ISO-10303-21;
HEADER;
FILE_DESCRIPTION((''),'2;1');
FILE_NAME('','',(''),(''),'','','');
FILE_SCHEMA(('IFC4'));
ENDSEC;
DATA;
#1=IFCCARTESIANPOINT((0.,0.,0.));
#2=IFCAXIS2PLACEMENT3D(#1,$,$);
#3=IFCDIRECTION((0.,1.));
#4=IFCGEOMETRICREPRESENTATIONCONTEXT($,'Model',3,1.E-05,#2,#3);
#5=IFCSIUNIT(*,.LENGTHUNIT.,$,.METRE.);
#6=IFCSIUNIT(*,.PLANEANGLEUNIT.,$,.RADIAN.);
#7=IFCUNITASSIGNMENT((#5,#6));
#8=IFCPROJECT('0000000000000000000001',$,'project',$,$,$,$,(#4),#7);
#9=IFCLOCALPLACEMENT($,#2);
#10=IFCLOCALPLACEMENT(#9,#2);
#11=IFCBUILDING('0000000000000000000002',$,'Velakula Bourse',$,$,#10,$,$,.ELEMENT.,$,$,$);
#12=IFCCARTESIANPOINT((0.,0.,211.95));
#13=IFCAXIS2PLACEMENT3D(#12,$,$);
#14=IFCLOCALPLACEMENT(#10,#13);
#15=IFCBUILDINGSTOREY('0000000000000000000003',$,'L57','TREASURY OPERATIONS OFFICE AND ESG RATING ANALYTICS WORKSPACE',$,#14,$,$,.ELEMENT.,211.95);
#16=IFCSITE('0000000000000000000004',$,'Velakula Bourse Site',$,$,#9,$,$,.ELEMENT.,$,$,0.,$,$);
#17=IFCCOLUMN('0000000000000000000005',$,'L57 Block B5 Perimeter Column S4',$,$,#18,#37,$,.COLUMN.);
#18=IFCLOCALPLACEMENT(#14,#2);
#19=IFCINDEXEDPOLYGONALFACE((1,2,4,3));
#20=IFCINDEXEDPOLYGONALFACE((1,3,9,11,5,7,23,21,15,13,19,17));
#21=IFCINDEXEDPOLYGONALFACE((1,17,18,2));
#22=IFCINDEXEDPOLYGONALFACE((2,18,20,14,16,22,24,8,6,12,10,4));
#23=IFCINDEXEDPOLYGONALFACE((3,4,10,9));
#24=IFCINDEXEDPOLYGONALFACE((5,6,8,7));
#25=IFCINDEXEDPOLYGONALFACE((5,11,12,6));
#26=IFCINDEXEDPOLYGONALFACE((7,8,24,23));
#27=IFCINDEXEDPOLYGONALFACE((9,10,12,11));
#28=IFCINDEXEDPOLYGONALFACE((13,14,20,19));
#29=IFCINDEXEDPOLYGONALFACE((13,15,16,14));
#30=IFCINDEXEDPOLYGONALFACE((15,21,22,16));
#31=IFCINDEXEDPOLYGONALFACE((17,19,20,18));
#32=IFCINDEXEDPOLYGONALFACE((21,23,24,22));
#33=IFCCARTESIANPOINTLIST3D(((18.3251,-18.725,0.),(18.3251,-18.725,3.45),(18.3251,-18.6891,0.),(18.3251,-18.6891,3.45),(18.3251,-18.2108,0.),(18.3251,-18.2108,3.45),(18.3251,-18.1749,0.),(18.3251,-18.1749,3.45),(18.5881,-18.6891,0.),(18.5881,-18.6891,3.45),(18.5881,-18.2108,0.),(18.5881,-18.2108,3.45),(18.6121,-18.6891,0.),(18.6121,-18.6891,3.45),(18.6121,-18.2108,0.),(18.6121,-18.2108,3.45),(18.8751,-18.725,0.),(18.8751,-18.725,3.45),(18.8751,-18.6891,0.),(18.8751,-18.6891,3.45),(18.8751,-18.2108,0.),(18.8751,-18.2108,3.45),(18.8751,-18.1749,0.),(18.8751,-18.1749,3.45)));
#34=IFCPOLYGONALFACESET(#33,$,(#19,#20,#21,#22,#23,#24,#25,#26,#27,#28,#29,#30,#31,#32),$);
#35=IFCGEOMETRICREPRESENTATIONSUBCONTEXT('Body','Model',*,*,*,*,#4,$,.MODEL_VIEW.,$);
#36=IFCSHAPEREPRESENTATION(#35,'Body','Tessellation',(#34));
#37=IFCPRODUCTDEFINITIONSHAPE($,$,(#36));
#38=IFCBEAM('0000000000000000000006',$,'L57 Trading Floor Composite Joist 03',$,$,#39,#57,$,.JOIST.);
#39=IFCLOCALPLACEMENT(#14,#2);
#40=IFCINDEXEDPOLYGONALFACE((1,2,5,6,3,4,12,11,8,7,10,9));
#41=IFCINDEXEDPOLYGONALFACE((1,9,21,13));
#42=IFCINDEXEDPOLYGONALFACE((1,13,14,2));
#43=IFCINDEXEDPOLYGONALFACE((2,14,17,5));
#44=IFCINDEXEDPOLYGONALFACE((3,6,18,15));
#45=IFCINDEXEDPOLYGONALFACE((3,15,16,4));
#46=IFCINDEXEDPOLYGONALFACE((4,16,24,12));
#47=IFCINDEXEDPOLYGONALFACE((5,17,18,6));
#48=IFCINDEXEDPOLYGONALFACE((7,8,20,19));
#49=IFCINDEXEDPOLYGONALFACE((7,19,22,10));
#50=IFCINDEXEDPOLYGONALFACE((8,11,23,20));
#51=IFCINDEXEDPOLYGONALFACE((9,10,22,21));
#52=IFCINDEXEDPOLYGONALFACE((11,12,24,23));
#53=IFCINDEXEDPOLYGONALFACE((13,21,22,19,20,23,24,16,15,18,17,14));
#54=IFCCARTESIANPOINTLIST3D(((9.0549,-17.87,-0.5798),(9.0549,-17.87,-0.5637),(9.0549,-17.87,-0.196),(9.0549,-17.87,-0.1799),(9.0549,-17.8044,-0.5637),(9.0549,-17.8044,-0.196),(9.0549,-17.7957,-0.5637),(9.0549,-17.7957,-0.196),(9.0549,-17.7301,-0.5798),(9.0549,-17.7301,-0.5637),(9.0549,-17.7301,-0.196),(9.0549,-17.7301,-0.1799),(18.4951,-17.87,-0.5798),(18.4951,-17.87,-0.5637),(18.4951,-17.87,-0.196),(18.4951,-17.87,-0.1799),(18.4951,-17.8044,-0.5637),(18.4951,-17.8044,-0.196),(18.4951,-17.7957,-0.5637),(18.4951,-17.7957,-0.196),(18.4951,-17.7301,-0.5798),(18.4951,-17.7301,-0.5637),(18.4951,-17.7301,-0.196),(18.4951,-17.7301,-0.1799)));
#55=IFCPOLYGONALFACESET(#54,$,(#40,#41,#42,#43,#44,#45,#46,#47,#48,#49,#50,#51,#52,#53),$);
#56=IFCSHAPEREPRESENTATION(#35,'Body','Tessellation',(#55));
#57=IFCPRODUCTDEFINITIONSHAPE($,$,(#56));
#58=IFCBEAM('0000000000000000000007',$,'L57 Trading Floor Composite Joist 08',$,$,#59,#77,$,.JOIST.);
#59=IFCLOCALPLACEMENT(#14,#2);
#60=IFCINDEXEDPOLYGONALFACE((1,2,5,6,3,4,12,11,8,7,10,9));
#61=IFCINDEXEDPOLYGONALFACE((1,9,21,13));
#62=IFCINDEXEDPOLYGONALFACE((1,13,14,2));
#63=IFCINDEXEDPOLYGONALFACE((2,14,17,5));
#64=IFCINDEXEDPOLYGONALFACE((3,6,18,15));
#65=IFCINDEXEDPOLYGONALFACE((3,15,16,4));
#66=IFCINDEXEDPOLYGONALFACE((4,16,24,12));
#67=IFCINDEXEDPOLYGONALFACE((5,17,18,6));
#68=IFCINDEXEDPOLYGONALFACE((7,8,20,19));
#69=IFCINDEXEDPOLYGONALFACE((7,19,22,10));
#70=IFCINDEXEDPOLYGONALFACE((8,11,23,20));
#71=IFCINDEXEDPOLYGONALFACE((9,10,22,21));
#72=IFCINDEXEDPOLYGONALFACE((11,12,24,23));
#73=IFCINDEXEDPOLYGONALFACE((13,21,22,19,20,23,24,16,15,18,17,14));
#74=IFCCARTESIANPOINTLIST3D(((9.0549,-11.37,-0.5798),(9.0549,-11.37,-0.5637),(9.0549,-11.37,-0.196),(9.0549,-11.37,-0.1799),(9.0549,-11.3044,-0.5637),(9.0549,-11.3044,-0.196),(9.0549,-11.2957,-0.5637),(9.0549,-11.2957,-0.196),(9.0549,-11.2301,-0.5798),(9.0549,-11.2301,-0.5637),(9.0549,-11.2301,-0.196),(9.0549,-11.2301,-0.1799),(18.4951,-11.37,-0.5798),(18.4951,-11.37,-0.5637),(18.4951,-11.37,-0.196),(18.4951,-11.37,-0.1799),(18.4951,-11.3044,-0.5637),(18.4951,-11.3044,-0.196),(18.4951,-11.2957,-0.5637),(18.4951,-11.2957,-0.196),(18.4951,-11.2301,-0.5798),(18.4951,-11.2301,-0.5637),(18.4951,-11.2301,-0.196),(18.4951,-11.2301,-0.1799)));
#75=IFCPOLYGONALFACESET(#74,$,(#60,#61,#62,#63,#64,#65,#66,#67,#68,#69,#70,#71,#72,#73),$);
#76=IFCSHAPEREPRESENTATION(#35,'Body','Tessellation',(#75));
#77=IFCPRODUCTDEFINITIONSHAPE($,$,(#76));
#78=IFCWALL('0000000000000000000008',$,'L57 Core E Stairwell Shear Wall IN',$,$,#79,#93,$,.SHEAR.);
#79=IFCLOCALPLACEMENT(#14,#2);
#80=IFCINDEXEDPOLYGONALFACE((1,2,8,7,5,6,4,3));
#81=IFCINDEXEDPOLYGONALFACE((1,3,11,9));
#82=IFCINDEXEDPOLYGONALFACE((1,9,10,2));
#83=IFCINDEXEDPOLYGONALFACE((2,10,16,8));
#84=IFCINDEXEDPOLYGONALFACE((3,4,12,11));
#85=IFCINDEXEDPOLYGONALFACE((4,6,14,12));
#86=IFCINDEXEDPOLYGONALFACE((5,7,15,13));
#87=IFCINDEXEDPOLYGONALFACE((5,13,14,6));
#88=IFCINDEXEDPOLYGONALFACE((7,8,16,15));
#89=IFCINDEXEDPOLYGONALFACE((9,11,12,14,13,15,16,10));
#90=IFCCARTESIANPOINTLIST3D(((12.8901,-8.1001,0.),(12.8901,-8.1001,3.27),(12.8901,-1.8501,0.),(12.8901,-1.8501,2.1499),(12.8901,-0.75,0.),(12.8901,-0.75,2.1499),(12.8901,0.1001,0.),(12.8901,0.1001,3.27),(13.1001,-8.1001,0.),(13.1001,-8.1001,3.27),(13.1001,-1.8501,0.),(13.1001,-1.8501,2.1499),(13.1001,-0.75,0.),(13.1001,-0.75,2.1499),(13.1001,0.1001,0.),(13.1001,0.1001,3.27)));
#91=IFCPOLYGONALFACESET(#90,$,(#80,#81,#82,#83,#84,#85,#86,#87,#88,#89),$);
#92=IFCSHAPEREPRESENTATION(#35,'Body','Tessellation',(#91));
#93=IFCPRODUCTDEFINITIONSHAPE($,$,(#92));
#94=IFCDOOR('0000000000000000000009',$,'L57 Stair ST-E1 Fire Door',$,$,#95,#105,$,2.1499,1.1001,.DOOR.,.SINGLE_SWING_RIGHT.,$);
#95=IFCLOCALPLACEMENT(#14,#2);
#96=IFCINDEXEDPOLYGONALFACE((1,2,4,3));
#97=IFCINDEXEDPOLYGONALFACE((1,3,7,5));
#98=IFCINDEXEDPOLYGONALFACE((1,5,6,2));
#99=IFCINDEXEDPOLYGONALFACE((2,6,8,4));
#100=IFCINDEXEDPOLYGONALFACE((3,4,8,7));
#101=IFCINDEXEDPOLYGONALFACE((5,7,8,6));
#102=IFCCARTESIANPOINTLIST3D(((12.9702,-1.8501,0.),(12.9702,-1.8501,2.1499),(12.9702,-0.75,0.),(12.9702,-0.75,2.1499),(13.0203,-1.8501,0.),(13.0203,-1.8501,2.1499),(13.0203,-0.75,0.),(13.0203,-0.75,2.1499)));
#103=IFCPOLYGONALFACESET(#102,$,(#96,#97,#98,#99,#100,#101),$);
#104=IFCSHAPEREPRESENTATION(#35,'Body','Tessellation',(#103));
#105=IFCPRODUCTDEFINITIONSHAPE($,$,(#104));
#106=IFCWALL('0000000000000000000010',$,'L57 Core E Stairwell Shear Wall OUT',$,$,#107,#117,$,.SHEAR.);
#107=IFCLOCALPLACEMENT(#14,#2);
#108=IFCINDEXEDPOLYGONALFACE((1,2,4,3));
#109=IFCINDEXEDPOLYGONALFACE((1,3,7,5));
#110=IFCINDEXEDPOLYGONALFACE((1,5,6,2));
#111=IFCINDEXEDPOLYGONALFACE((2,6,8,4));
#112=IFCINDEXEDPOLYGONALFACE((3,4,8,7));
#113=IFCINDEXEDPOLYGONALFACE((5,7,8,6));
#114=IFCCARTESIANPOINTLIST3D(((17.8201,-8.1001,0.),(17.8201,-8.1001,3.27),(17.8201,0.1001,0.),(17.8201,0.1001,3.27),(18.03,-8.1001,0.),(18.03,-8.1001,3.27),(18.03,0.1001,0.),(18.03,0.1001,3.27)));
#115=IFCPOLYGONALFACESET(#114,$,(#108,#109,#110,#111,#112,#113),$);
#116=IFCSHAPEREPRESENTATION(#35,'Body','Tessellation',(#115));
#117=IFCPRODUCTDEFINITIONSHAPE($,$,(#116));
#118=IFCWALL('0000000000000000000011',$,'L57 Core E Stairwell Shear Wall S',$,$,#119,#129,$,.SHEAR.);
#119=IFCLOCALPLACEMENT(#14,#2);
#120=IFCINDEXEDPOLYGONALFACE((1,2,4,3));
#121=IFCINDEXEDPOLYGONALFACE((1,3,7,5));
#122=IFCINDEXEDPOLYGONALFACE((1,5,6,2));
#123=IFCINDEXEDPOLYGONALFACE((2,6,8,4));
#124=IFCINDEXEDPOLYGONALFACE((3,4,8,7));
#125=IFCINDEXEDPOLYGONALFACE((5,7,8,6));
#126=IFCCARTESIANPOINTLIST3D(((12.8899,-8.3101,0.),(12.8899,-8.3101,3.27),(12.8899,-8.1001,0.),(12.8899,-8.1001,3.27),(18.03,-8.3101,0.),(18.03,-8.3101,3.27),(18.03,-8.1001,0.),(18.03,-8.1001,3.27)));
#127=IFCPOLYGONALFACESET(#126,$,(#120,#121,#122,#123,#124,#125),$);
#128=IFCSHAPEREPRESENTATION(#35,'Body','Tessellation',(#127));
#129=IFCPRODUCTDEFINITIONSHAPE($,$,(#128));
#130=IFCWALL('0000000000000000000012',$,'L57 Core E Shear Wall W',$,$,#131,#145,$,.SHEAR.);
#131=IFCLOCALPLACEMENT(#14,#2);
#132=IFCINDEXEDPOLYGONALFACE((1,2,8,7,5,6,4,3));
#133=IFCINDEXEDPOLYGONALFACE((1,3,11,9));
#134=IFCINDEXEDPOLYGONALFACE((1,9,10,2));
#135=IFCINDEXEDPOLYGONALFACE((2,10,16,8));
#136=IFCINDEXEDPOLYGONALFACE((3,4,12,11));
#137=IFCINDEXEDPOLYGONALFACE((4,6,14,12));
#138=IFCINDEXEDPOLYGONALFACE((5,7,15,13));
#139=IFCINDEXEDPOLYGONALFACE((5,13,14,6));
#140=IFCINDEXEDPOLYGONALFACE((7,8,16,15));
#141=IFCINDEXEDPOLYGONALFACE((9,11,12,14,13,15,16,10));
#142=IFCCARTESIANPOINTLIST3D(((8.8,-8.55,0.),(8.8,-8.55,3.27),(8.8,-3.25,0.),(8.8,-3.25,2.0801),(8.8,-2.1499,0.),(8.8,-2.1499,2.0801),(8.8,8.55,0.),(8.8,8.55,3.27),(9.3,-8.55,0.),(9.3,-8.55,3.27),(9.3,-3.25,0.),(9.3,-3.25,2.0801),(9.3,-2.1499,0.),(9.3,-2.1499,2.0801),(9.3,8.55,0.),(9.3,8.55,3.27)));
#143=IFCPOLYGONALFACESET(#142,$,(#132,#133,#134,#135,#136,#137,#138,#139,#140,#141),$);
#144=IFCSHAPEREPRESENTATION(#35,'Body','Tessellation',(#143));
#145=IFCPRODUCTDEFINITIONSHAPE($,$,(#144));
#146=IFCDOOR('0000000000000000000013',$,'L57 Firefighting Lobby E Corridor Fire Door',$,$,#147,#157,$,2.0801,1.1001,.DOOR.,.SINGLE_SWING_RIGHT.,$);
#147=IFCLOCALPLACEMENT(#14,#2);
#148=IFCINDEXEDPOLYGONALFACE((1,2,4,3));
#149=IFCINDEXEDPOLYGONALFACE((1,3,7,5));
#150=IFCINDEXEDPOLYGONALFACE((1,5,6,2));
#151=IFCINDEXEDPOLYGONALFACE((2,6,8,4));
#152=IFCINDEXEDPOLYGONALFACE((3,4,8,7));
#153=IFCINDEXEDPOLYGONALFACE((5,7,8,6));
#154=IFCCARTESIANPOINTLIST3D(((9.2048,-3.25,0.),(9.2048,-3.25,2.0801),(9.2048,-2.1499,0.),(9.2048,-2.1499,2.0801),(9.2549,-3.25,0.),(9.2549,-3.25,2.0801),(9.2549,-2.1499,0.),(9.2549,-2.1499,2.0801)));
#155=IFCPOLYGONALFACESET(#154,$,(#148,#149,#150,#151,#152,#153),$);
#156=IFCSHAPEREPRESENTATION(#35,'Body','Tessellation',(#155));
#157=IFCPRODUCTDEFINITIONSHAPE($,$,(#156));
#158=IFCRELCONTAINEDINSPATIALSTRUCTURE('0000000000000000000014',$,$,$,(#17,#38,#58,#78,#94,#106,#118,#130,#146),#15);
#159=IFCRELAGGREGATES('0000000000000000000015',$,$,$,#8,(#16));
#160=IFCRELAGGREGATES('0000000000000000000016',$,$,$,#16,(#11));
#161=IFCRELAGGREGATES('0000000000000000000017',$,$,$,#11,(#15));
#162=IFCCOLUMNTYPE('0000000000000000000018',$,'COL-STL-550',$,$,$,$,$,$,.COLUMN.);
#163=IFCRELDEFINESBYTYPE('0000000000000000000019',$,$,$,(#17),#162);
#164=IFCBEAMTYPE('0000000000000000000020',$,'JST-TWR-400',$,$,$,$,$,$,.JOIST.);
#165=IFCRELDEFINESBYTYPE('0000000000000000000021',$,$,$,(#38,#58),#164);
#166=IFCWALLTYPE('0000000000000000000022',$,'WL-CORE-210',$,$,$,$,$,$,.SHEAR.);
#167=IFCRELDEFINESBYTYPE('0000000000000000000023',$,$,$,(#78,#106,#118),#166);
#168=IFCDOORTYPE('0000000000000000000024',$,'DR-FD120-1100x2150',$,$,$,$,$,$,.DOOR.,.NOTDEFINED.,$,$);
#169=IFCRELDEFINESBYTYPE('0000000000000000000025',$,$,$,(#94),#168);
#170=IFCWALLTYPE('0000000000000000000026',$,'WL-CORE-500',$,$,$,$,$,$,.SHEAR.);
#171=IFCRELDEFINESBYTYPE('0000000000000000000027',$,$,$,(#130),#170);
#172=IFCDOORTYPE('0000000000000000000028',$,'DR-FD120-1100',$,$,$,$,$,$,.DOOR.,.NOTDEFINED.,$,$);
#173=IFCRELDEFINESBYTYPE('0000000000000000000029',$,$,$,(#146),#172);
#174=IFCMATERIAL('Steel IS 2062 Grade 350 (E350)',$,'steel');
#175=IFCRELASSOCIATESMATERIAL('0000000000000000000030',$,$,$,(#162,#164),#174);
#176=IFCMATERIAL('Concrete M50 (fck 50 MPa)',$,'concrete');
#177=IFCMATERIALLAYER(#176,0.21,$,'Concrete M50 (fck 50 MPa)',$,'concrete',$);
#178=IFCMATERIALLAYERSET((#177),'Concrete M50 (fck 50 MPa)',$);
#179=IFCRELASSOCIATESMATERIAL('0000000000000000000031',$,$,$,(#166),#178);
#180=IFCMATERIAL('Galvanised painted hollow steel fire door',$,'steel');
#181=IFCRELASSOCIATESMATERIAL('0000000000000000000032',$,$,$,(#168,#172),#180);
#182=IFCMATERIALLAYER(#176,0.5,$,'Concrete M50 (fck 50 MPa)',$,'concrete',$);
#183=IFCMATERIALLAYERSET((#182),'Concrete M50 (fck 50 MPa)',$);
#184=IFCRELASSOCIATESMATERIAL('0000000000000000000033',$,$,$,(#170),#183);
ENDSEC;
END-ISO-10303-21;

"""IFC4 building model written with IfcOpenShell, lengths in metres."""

from ifc_helpers import new_model, si_unit, direction, frame, frame_2d, origin, origin_2d, place, context, subcontext, project, spatial, rectangle, i_section, extrude, material, layer, layer_set, material_profile, profile_set, type_object, element, fill, save


model = new_model("IFC4")

# Units and contexts
model_context = context("Model", 3, precision=1e-05, world=origin(), true_north=direction((0.0, 1.0)))
body_context = subcontext(model_context, "Body", "Model", "MODEL_VIEW")
ifc_project = project(units=[si_unit("LENGTHUNIT", "METRE"), si_unit("PLANEANGLEUNIT", "RADIAN")], contexts=[model_context])

# Site, building, storey
site_placement = place(None, origin())
site = spatial("IfcSite", under=ifc_project, at=site_placement, Name="Velakula Bourse Site", CompositionType="ELEMENT", RefElevation=0.0)
building_placement = place(site_placement, origin())
building = spatial("IfcBuilding", under=site, at=building_placement, Name="Velakula Bourse", CompositionType="ELEMENT")
storey_placement = place(building_placement, frame((0.0, 0.0, 211.95)))
storey = spatial("IfcBuildingStorey", under=building, at=storey_placement, Name="L57", Description="TREASURY OPERATIONS OFFICE AND ESG RATING ANALYTICS WORKSPACE", CompositionType="ELEMENT", Elevation=211.95)

# Column
ifc_material_1 = material(Name="Steel IS 2062 Grade 350 (E350)", Category="steel")
ifc_material_profile_1 = material_profile(ifc_material_1, i_section(OverallWidth=0.55, OverallDepth=0.55, WebThickness=0.0239, FlangeThickness=0.0359, at=origin_2d()), Name="Steel IS 2062 Grade 350 (E350)")
ifc_profile_set_1 = profile_set([ifc_material_profile_1], Name="Steel IS 2062 Grade 350 (E350)")
column_type = type_object("IfcColumnType", Name="COL-STL-550", PredefinedType="COLUMN", material=ifc_profile_set_1)
column_placement = place(storey_placement, frame((18.6001, -18.45, 0.0), z_axis=(0.0, 0.0, 1.0), x_axis=(1.0, 0.0, 0.0)))
element("IfcColumn", 1, at=column_placement, inside=storey, type_object=column_type, Name="L57 Block B5 Perimeter Column S4", PredefinedType="COLUMN", context=body_context, shape_type="SweptSolid", body=[
    extrude(i_section(OverallWidth=0.55, OverallDepth=0.55, WebThickness=0.0239, FlangeThickness=0.0359, at=origin_2d()), origin(), (0.0, 0.0, 1.0), 3.45),
])

# Beams
ifc_material_profile_2 = material_profile(ifc_material_1, i_section(OverallWidth=0.1399, OverallDepth=0.3999, WebThickness=0.0088, FlangeThickness=0.0161, at=origin_2d()), Name="Steel IS 2062 Grade 350 (E350)")
ifc_profile_set_2 = profile_set([ifc_material_profile_2], Name="Steel IS 2062 Grade 350 (E350)")
beam_type = type_object("IfcBeamType", Name="JST-TWR-400", PredefinedType="JOIST", material=ifc_profile_set_2)
for number, where, z_axis, x_axis, name in (
    (2, (9.0549, -17.8, -0.3799), (1.0, 0.0, 0.0), (0.0, 1.0, 0.0), "L57 Trading Floor Composite Joist 03"),
    (3, (9.0549, -11.3, -0.3799), (1.0, 0.0, 0.0), (0.0, 1.0, 0.0), "L57 Trading Floor Composite Joist 08"),
):
    element("IfcBeam", number, at=place(storey_placement, frame(where, z_axis=z_axis, x_axis=x_axis)), inside=storey, type_object=beam_type, Name=name, PredefinedType="JOIST", context=body_context, shape_type="SweptSolid", body=[
        extrude(i_section(OverallWidth=0.1399, OverallDepth=0.3999, WebThickness=0.0088, FlangeThickness=0.0161, at=origin_2d()), origin(), (0.0, 0.0, 1.0), 9.4402),
    ])

# Wall, opening, door
ifc_material_2 = material(Name="Concrete M50 (fck 50 MPa)", Category="concrete")
ifc_layer_1 = layer(ifc_material_2, 0.21, Name="Concrete M50 (fck 50 MPa)", Category="concrete")
ifc_layer_set_1 = layer_set([ifc_layer_1], Name="Concrete M50 (fck 50 MPa)")
wall_type_1 = type_object("IfcWallType", Name="WL-CORE-210", PredefinedType="SHEAR", material=ifc_layer_set_1)
wall_1_placement = place(storey_placement, frame((12.9951, -8.1001, 0.0), z_axis=(0.0, 0.0, 1.0), x_axis=(0.0, 1.0, 0.0)))
wall_1 = element("IfcWall", 4, at=wall_1_placement, inside=storey, type_object=wall_type_1, Name="L57 Core E Stairwell Shear Wall IN", PredefinedType="SHEAR", context=body_context, shape_type="SweptSolid", body=[
    extrude(rectangle(XDim=8.2002, YDim=0.21, at=frame_2d((4.1001, 0.0))), origin(), (0.0, 0.0, 1.0), 3.27),
])
opening_1_placement = place(wall_1_placement, frame((6.25, 0.0, 0.0)))
opening_1 = element("IfcOpeningElement", 5, at=opening_1_placement, cuts=wall_1, PredefinedType="OPENING", context=body_context, shape_type="SweptSolid", body=[
    extrude(rectangle(XDim=1.1001, YDim=2.1499, at=frame_2d((0.55, 1.075))), frame((0.0, 0.115, 0.0), z_axis=(0.0, -1.0, 0.0), x_axis=(1.0, 0.0, 0.0)), (0.0, 0.0, 1.0), 0.23),
])
ifc_material_3 = material(Name="Galvanised painted hollow steel fire door", Category="steel")
door_type_1 = type_object("IfcDoorType", Name="DR-FD120-1100x2150", OperationType="NOTDEFINED", PredefinedType="DOOR", material=ifc_material_3)
door_1_placement = place(opening_1_placement, origin())
door_1 = element("IfcDoor", 6, at=door_1_placement, inside=storey, type_object=door_type_1, Name="L57 Stair ST-E1 Fire Door", OperationType="SINGLE_SWING_RIGHT", OverallHeight=2.1499, OverallWidth=1.1001, PredefinedType="DOOR", context=body_context, shape_type="SweptSolid", body=[
    extrude(rectangle(XDim=1.1001, YDim=2.1499, at=frame_2d((0.55, 1.075))), frame((0.0, 0.0249, 0.0), z_axis=(0.0, -1.0, 0.0), x_axis=(1.0, 0.0, 0.0)), (0.0, 0.0, 1.0), 0.05),
])
fill(opening_1, door_1)

# Walls
wall_2_placement = place(storey_placement, frame((17.925, -8.1001, 0.0), z_axis=(0.0, 0.0, 1.0), x_axis=(0.0, 1.0, 0.0)))
element("IfcWall", 7, at=wall_2_placement, inside=storey, type_object=wall_type_1, Name="L57 Core E Stairwell Shear Wall OUT", PredefinedType="SHEAR", context=body_context, shape_type="SweptSolid", body=[
    extrude(rectangle(XDim=8.2002, YDim=0.21, at=frame_2d((4.1001, 0.0))), origin(), (0.0, 0.0, 1.0), 3.27),
])
wall_3_placement = place(storey_placement, frame((12.8899, -8.2051, 0.0), z_axis=(0.0, 0.0, 1.0), x_axis=(1.0, 0.0, 0.0)))
element("IfcWall", 8, at=wall_3_placement, inside=storey, type_object=wall_type_1, Name="L57 Core E Stairwell Shear Wall S", PredefinedType="SHEAR", context=body_context, shape_type="SweptSolid", body=[
    extrude(rectangle(XDim=5.1401, YDim=0.21, at=frame_2d((2.5701, 0.0))), origin(), (0.0, 0.0, 1.0), 3.27),
])

# Wall, opening, door
ifc_layer_2 = layer(ifc_material_2, 0.5, Name="Concrete M50 (fck 50 MPa)", Category="concrete")
ifc_layer_set_2 = layer_set([ifc_layer_2], Name="Concrete M50 (fck 50 MPa)")
wall_type_2 = type_object("IfcWallType", Name="WL-CORE-500", PredefinedType="SHEAR", material=ifc_layer_set_2)
wall_4_placement = place(storey_placement, frame((9.05, -8.55, 0.0), z_axis=(0.0, 0.0, 1.0), x_axis=(0.0, 1.0, 0.0)))
wall_4 = element("IfcWall", 9, at=wall_4_placement, inside=storey, type_object=wall_type_2, Name="L57 Core E Shear Wall W", PredefinedType="SHEAR", context=body_context, shape_type="SweptSolid", body=[
    extrude(rectangle(XDim=17.1001, YDim=0.5, at=frame_2d((8.55, 0.0))), origin(), (0.0, 0.0, 1.0), 3.27),
])
opening_2_placement = place(wall_4_placement, frame((5.3, 0.0, 0.0)))
opening_2 = element("IfcOpeningElement", 10, at=opening_2_placement, cuts=wall_4, PredefinedType="OPENING", context=body_context, shape_type="SweptSolid", body=[
    extrude(rectangle(XDim=1.1001, YDim=2.0801, at=frame_2d((0.55, 1.04))), frame((0.0, 0.26, 0.0), z_axis=(0.0, -1.0, 0.0), x_axis=(1.0, 0.0, 0.0)), (0.0, 0.0, 1.0), 0.52),
])
door_type_2 = type_object("IfcDoorType", Name="DR-FD120-1100", OperationType="NOTDEFINED", PredefinedType="DOOR", material=ifc_material_3)
door_2_placement = place(opening_2_placement, origin())
door_2 = element("IfcDoor", 11, at=door_2_placement, inside=storey, type_object=door_type_2, Name="L57 Firefighting Lobby E Corridor Fire Door", OperationType="SINGLE_SWING_RIGHT", OverallHeight=2.0801, OverallWidth=1.1001, PredefinedType="DOOR", context=body_context, shape_type="SweptSolid", body=[
    extrude(rectangle(XDim=1.1001, YDim=2.0801, at=frame_2d((0.55, 1.04))), frame((0.0, -0.1548, 0.0), z_axis=(0.0, -1.0, 0.0), x_axis=(1.0, 0.0, 0.0)), (0.0, 0.0, 1.0), 0.05),
])
fill(opening_2, door_2)

save(model, "model.ifc")
